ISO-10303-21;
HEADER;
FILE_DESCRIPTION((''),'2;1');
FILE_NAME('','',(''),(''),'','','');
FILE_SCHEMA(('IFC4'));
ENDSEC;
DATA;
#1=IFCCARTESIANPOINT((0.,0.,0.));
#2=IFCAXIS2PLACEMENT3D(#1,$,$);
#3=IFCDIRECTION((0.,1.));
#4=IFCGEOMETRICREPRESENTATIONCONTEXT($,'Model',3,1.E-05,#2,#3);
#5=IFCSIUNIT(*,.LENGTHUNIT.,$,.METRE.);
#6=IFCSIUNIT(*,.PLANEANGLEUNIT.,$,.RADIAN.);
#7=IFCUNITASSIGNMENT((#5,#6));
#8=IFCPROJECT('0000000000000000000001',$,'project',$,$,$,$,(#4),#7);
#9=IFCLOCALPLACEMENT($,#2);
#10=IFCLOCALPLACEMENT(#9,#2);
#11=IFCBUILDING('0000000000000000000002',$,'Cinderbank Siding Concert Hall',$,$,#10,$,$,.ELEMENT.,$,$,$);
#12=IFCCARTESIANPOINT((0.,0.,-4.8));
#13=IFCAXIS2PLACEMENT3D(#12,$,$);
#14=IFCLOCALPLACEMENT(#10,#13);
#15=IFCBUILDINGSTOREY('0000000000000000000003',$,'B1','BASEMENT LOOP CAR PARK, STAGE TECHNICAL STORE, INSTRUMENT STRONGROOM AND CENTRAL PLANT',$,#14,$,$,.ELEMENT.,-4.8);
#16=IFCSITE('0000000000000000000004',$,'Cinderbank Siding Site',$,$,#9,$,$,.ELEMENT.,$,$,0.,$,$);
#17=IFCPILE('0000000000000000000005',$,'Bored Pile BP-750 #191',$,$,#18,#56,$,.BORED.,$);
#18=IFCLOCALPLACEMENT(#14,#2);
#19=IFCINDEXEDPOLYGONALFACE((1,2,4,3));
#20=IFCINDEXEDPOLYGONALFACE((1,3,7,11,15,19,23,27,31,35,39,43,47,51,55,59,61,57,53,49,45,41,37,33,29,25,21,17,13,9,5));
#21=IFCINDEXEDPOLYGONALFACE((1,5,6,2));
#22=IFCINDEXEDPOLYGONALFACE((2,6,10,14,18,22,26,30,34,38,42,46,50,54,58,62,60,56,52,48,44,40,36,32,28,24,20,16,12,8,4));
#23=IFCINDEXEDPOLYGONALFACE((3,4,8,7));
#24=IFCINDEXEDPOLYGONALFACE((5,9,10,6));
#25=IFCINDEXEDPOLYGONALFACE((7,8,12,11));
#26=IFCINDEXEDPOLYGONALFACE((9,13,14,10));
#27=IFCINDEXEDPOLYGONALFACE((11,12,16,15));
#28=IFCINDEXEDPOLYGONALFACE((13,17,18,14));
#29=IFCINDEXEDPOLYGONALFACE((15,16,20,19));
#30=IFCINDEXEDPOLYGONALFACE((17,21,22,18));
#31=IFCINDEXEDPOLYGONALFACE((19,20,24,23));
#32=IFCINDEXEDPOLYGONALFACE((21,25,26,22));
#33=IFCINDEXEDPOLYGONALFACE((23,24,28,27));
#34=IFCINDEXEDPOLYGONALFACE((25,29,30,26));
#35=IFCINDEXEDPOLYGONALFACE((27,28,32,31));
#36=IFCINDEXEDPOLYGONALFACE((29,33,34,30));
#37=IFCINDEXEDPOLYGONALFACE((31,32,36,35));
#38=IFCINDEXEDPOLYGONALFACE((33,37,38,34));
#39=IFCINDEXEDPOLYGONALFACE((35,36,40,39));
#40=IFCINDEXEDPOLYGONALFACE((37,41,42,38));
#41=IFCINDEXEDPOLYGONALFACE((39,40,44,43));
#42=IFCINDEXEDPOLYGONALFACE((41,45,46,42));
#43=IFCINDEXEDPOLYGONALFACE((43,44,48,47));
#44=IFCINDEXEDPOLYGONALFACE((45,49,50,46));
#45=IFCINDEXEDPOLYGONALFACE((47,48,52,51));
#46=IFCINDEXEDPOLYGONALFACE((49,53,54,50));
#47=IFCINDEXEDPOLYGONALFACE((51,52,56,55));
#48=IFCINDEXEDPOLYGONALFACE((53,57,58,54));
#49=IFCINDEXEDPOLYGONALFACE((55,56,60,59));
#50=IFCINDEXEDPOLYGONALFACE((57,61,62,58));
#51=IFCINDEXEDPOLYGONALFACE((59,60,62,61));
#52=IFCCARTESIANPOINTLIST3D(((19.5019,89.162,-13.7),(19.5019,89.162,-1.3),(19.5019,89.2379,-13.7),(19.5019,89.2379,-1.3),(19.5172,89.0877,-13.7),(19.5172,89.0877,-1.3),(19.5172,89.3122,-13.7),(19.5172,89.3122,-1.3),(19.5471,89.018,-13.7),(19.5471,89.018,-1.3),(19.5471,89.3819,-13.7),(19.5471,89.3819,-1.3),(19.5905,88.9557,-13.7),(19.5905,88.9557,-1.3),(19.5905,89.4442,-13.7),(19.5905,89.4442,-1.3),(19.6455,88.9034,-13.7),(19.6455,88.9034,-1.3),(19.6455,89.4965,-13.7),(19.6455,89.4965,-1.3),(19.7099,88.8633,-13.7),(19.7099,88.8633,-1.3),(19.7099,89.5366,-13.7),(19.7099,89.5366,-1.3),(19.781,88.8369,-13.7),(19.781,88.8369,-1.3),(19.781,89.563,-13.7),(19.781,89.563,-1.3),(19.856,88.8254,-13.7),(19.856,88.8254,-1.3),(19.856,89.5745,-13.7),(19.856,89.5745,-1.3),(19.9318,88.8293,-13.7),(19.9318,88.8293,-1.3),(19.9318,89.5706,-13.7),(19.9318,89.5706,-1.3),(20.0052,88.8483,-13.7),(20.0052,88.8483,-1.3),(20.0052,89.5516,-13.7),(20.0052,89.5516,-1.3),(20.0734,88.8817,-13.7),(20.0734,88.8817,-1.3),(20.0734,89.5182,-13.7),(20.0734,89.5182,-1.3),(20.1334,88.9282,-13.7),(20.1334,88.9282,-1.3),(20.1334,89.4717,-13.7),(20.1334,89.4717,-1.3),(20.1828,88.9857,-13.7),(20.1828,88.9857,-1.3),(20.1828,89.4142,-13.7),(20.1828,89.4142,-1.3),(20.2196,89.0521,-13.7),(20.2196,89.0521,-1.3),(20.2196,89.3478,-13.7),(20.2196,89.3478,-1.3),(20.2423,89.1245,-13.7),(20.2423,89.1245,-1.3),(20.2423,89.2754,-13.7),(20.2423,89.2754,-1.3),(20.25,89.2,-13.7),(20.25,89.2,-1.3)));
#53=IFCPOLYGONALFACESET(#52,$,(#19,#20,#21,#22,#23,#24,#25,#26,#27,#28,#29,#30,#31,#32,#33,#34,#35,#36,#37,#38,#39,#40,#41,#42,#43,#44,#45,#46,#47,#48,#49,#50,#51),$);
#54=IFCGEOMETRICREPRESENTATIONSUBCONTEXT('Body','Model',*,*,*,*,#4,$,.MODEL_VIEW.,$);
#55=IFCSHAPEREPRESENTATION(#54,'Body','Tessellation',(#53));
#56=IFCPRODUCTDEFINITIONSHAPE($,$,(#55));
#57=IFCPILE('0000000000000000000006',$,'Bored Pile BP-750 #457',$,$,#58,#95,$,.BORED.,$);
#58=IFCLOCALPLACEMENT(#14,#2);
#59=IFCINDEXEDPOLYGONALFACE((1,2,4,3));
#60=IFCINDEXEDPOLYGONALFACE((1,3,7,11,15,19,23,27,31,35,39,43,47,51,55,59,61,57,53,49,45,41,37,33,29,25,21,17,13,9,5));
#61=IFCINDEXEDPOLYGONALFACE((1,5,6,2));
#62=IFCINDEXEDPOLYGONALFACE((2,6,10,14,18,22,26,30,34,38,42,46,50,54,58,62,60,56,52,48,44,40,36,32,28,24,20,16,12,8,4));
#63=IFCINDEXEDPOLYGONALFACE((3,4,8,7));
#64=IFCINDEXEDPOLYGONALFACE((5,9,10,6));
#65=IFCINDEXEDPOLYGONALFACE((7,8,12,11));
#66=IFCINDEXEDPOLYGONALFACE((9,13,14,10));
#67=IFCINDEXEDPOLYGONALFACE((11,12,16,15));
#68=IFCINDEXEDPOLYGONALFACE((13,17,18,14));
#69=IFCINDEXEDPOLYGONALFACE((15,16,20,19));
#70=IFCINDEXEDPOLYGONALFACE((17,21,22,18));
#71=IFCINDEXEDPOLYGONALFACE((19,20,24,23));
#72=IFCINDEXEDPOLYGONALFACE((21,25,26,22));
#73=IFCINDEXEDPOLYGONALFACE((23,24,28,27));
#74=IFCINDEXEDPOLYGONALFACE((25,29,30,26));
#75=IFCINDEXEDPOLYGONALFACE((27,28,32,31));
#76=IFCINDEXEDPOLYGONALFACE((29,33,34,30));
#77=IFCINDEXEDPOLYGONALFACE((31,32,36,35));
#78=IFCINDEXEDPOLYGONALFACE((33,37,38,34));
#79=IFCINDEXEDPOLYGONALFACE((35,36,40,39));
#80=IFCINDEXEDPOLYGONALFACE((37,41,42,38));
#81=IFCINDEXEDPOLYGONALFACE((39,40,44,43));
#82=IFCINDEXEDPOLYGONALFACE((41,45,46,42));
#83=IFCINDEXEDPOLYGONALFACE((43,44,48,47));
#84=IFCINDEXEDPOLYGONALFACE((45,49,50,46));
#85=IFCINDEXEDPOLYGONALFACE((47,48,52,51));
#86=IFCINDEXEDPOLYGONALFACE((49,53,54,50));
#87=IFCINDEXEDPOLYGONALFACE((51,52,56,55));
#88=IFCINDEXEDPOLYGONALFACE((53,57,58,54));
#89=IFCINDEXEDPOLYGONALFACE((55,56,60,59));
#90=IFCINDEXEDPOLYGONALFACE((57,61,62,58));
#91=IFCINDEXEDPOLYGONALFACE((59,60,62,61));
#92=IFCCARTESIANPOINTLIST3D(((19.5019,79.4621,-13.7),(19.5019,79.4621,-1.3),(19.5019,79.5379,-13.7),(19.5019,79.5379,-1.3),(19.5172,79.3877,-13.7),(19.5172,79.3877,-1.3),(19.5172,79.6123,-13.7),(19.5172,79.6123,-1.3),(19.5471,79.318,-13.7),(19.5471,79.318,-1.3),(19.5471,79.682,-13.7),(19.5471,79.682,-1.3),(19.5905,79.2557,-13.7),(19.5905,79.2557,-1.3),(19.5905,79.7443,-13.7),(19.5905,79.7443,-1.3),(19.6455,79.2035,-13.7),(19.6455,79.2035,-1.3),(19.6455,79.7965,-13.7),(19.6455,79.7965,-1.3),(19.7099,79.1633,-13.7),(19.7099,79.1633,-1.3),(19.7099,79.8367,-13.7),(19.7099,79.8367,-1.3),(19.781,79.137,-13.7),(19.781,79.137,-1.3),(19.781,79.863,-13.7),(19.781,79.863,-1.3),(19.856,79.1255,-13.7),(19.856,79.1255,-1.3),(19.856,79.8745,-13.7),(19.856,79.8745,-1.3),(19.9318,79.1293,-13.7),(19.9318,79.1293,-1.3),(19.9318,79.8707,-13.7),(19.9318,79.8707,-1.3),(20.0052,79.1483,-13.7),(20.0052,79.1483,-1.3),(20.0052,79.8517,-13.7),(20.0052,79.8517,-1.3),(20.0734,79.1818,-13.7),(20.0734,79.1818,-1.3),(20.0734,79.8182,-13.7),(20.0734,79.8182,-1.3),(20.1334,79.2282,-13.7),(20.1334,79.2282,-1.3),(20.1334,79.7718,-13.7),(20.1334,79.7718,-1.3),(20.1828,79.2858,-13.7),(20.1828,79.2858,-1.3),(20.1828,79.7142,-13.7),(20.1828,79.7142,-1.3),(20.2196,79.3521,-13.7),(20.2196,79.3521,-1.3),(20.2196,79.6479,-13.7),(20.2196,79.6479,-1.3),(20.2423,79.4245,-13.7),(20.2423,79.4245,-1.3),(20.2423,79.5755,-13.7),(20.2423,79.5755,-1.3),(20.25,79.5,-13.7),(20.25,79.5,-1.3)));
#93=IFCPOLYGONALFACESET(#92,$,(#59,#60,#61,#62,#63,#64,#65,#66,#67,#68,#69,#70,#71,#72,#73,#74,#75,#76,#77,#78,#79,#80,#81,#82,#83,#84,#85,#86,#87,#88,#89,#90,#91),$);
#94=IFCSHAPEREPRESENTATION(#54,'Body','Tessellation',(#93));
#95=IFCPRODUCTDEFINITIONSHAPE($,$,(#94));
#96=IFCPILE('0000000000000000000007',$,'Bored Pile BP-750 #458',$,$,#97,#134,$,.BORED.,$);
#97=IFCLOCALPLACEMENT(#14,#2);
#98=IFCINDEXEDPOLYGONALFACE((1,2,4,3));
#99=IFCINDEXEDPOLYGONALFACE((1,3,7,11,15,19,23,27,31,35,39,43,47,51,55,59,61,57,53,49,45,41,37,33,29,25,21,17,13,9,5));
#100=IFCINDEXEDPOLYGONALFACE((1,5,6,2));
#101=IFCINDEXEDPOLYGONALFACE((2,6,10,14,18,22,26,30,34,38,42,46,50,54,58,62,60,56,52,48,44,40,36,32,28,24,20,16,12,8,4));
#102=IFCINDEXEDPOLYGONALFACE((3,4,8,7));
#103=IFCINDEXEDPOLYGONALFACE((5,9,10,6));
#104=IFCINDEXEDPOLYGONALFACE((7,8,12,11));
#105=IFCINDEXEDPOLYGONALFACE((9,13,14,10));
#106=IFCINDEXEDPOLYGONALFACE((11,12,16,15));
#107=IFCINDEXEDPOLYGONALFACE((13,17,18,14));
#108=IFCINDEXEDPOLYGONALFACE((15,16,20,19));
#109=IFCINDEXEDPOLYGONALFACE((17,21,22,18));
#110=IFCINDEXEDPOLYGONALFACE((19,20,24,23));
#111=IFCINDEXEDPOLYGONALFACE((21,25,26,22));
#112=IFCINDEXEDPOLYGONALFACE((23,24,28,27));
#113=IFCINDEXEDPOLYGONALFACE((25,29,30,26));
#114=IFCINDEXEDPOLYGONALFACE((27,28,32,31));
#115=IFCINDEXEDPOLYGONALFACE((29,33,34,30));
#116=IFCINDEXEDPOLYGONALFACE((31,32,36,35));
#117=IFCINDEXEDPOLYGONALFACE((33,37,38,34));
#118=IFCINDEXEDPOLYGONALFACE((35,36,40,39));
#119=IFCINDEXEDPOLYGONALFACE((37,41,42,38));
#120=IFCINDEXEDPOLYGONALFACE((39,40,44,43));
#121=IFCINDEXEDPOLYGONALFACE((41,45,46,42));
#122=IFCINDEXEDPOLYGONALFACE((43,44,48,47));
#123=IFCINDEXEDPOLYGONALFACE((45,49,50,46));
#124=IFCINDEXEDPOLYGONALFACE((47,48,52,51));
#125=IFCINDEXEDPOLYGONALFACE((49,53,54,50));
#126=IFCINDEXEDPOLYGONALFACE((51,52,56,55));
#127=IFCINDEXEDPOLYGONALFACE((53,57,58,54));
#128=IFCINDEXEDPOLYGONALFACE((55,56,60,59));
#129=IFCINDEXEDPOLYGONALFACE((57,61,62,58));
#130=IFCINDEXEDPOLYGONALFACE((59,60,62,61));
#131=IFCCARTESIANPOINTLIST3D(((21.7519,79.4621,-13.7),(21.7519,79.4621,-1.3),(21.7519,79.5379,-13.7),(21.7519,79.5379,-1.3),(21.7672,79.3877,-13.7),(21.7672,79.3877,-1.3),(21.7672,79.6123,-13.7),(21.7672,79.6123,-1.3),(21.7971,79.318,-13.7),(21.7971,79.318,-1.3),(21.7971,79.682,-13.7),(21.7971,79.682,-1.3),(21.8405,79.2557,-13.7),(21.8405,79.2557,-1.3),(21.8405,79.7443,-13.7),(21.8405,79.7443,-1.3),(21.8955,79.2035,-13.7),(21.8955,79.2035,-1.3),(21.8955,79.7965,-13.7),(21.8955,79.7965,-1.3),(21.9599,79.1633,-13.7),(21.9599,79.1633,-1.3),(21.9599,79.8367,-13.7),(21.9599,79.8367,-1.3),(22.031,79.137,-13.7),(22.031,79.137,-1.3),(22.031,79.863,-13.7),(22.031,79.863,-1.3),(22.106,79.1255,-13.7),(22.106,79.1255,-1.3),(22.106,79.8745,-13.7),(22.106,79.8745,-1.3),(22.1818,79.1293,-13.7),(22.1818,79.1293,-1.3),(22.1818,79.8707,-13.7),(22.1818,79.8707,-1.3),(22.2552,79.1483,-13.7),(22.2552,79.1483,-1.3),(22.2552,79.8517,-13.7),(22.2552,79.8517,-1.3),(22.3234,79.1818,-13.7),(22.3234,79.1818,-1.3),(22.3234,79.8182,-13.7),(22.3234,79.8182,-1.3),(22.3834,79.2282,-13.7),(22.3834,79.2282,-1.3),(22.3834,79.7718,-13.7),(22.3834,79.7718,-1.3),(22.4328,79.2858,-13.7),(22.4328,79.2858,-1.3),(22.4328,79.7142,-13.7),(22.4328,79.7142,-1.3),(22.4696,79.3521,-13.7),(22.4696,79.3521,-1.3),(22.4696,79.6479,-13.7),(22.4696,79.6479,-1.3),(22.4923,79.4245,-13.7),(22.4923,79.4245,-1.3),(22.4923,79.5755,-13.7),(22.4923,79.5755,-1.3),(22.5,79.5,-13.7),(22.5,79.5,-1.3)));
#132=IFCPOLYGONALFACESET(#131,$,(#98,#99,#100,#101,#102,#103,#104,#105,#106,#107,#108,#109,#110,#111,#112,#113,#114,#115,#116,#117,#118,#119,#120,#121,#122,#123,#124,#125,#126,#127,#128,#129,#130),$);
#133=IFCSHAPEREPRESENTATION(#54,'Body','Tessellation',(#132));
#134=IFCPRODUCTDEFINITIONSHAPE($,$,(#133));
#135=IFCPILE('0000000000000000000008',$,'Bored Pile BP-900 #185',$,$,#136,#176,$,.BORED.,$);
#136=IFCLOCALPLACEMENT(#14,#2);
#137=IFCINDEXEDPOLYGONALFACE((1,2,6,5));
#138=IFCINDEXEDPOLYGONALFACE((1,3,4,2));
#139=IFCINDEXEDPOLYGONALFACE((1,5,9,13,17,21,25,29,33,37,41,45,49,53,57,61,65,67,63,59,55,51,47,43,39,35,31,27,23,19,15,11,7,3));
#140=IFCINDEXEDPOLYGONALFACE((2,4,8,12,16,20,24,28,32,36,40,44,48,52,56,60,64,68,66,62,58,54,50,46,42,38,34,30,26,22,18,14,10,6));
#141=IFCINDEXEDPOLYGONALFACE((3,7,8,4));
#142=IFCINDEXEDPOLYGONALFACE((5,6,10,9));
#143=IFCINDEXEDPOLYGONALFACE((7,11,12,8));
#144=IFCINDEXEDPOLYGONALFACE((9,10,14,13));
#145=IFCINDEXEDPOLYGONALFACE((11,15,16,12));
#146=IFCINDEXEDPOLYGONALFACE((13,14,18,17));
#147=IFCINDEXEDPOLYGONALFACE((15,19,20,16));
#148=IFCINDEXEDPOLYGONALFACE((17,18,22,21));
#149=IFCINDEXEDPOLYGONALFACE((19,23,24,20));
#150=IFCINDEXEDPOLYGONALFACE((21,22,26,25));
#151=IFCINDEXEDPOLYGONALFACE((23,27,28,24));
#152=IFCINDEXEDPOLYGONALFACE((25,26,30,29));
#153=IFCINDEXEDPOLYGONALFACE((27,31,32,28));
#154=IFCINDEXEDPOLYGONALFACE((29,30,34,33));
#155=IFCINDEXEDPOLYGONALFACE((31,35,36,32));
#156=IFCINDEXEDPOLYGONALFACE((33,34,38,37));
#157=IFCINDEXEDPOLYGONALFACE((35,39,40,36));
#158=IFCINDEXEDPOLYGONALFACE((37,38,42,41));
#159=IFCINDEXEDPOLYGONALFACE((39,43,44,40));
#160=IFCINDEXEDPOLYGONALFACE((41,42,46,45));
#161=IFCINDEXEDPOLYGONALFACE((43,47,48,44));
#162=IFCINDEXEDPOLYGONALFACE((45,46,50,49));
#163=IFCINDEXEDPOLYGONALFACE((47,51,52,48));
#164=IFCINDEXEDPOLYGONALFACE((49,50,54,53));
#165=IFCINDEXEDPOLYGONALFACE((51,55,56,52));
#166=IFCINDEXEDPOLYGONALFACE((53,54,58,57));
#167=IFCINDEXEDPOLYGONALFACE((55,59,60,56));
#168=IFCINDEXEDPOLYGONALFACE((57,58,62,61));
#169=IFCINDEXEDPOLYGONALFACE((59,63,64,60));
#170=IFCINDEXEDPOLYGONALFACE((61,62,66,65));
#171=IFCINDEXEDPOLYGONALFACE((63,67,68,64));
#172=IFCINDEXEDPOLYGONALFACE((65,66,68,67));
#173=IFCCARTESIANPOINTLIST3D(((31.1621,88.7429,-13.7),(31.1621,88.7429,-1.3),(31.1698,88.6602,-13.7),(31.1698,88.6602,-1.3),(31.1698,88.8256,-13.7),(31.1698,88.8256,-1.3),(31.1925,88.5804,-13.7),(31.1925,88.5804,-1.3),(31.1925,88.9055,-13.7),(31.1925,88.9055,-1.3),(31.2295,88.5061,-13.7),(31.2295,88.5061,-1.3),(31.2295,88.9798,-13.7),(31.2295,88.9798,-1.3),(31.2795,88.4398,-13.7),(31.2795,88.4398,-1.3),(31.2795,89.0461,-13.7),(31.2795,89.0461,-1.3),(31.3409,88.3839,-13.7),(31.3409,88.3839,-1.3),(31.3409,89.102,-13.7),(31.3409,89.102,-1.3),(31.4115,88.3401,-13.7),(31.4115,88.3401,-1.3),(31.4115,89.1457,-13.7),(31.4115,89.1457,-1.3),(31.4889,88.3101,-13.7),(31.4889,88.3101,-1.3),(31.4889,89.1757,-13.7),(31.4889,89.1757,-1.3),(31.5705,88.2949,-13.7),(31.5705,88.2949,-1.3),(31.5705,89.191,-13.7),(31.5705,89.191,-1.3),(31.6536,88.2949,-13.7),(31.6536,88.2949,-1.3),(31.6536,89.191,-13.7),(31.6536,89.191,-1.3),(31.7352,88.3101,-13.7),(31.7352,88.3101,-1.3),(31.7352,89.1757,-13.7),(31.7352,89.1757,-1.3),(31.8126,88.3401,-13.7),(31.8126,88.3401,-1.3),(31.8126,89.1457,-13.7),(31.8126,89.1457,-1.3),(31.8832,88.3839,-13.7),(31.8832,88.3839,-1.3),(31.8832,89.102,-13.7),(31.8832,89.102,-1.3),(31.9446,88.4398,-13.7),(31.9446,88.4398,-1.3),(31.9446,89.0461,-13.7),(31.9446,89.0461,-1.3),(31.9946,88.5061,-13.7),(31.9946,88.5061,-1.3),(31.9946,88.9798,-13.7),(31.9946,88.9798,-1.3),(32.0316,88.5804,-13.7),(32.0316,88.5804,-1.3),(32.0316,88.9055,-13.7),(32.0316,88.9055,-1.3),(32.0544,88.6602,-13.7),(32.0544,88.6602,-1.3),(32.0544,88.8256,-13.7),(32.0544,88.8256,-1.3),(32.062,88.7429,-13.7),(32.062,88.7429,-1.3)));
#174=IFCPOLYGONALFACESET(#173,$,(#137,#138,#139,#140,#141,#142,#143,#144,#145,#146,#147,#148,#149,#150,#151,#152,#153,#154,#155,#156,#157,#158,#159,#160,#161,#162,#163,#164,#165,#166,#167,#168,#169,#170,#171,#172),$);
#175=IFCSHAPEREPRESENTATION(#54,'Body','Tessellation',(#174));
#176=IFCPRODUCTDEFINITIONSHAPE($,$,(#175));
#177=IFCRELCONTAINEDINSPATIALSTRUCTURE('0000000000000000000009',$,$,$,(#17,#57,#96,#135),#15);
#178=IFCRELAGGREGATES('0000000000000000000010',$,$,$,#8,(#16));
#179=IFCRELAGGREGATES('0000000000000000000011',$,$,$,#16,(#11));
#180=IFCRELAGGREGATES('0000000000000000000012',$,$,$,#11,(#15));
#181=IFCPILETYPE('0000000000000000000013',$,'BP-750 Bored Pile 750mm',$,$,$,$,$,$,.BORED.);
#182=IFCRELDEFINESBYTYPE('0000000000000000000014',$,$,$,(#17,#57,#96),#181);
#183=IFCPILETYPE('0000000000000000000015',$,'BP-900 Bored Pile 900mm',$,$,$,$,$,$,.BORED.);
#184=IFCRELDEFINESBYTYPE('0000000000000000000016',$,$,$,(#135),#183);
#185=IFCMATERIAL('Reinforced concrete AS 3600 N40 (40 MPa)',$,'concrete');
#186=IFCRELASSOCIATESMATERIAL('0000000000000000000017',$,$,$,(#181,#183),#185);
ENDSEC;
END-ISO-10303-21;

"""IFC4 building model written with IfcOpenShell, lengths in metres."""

from ifc_helpers import new_model, si_unit, direction, frame, origin, origin_2d, place, context, subcontext, project, spatial, circle, extrude, material, material_profile, profile_set, type_object, element, save


model = new_model("IFC4")

# Units and contexts
model_context = context("Model", 3, precision=1e-05, world=origin(), true_north=direction((0.0, 1.0)))
body_context = subcontext(model_context, "Body", "Model", "MODEL_VIEW")
ifc_project = project(units=[si_unit("LENGTHUNIT", "METRE"), si_unit("PLANEANGLEUNIT", "RADIAN")], contexts=[model_context])

# Site, building, storey
site_placement = place(None, origin())
site = spatial("IfcSite", under=ifc_project, at=site_placement, Name="Cinderbank Siding Site", CompositionType="ELEMENT", RefElevation=0.0)
building_placement = place(site_placement, origin())
building = spatial("IfcBuilding", under=site, at=building_placement, Name="Cinderbank Siding Concert Hall", CompositionType="ELEMENT")
storey_placement = place(building_placement, frame((0.0, 0.0, -4.8)))
storey = spatial("IfcBuildingStorey", under=building, at=storey_placement, Name="B1", Description="BASEMENT LOOP CAR PARK, STAGE TECHNICAL STORE, INSTRUMENT STRONGROOM AND CENTRAL PLANT", CompositionType="ELEMENT", Elevation=-4.8)

# Piles
ifc_material_1 = material(Name="Reinforced concrete AS 3600 N40 (40 MPa)", Category="concrete")
ifc_material_profile_1 = material_profile(ifc_material_1, circle(Radius=0.375, at=origin_2d()), Name="PILE-750DIA", Category="LoadBearing")
ifc_profile_set_1 = profile_set([ifc_material_profile_1], Name="Reinforced concrete AS 3600 N40 (40 MPa)")
pile_type_1 = type_object("IfcPileType", Name="BP-750 Bored Pile 750mm", PredefinedType="BORED", material=ifc_profile_set_1)
for number, where, z_axis, x_axis, name in (
    (1, (19.875, 89.2, -1.3), (0.0, 0.0, -1.0), (1.0, 0.0, 0.0), "Bored Pile BP-750 #191"),
    (2, (19.875, 79.5, -1.3), (0.0, 0.0, -1.0), (1.0, 0.0, 0.0), "Bored Pile BP-750 #457"),
    (3, (22.125, 79.5, -1.3), (0.0, 0.0, -1.0), (1.0, 0.0, 0.0), "Bored Pile BP-750 #458"),
):
    element("IfcPile", number, at=place(storey_placement, frame(where, z_axis=z_axis, x_axis=x_axis)), inside=storey, type_object=pile_type_1, Name=name, PredefinedType="BORED", context=body_context, shape_type="SweptSolid", body=[
        extrude(circle(Radius=0.375, at=origin_2d()), origin(), (0.0, 0.0, 1.0), 12.3999),
    ])
ifc_material_profile_2 = material_profile(ifc_material_1, circle(Radius=0.45, at=origin_2d()), Name="PILE-900DIA", Category="LoadBearing")
ifc_profile_set_2 = profile_set([ifc_material_profile_2], Name="Reinforced concrete AS 3600 N40 (40 MPa)")
pile_type_2 = type_object("IfcPileType", Name="BP-900 Bored Pile 900mm", PredefinedType="BORED", material=ifc_profile_set_2)
for number, where, z_axis, x_axis, name in (
    (4, (31.6121, 88.7429, -1.3), (0.0, 0.0, -1.0), (1.0, 0.0, 0.0), "Bored Pile BP-900 #185"),
):
    element("IfcPile", number, at=place(storey_placement, frame(where, z_axis=z_axis, x_axis=x_axis)), inside=storey, type_object=pile_type_2, Name=name, PredefinedType="BORED", context=body_context, shape_type="SweptSolid", body=[
        extrude(circle(Radius=0.45, at=origin_2d()), origin(), (0.0, 0.0, 1.0), 12.3999),
    ])

save(model, "model.ifc")
